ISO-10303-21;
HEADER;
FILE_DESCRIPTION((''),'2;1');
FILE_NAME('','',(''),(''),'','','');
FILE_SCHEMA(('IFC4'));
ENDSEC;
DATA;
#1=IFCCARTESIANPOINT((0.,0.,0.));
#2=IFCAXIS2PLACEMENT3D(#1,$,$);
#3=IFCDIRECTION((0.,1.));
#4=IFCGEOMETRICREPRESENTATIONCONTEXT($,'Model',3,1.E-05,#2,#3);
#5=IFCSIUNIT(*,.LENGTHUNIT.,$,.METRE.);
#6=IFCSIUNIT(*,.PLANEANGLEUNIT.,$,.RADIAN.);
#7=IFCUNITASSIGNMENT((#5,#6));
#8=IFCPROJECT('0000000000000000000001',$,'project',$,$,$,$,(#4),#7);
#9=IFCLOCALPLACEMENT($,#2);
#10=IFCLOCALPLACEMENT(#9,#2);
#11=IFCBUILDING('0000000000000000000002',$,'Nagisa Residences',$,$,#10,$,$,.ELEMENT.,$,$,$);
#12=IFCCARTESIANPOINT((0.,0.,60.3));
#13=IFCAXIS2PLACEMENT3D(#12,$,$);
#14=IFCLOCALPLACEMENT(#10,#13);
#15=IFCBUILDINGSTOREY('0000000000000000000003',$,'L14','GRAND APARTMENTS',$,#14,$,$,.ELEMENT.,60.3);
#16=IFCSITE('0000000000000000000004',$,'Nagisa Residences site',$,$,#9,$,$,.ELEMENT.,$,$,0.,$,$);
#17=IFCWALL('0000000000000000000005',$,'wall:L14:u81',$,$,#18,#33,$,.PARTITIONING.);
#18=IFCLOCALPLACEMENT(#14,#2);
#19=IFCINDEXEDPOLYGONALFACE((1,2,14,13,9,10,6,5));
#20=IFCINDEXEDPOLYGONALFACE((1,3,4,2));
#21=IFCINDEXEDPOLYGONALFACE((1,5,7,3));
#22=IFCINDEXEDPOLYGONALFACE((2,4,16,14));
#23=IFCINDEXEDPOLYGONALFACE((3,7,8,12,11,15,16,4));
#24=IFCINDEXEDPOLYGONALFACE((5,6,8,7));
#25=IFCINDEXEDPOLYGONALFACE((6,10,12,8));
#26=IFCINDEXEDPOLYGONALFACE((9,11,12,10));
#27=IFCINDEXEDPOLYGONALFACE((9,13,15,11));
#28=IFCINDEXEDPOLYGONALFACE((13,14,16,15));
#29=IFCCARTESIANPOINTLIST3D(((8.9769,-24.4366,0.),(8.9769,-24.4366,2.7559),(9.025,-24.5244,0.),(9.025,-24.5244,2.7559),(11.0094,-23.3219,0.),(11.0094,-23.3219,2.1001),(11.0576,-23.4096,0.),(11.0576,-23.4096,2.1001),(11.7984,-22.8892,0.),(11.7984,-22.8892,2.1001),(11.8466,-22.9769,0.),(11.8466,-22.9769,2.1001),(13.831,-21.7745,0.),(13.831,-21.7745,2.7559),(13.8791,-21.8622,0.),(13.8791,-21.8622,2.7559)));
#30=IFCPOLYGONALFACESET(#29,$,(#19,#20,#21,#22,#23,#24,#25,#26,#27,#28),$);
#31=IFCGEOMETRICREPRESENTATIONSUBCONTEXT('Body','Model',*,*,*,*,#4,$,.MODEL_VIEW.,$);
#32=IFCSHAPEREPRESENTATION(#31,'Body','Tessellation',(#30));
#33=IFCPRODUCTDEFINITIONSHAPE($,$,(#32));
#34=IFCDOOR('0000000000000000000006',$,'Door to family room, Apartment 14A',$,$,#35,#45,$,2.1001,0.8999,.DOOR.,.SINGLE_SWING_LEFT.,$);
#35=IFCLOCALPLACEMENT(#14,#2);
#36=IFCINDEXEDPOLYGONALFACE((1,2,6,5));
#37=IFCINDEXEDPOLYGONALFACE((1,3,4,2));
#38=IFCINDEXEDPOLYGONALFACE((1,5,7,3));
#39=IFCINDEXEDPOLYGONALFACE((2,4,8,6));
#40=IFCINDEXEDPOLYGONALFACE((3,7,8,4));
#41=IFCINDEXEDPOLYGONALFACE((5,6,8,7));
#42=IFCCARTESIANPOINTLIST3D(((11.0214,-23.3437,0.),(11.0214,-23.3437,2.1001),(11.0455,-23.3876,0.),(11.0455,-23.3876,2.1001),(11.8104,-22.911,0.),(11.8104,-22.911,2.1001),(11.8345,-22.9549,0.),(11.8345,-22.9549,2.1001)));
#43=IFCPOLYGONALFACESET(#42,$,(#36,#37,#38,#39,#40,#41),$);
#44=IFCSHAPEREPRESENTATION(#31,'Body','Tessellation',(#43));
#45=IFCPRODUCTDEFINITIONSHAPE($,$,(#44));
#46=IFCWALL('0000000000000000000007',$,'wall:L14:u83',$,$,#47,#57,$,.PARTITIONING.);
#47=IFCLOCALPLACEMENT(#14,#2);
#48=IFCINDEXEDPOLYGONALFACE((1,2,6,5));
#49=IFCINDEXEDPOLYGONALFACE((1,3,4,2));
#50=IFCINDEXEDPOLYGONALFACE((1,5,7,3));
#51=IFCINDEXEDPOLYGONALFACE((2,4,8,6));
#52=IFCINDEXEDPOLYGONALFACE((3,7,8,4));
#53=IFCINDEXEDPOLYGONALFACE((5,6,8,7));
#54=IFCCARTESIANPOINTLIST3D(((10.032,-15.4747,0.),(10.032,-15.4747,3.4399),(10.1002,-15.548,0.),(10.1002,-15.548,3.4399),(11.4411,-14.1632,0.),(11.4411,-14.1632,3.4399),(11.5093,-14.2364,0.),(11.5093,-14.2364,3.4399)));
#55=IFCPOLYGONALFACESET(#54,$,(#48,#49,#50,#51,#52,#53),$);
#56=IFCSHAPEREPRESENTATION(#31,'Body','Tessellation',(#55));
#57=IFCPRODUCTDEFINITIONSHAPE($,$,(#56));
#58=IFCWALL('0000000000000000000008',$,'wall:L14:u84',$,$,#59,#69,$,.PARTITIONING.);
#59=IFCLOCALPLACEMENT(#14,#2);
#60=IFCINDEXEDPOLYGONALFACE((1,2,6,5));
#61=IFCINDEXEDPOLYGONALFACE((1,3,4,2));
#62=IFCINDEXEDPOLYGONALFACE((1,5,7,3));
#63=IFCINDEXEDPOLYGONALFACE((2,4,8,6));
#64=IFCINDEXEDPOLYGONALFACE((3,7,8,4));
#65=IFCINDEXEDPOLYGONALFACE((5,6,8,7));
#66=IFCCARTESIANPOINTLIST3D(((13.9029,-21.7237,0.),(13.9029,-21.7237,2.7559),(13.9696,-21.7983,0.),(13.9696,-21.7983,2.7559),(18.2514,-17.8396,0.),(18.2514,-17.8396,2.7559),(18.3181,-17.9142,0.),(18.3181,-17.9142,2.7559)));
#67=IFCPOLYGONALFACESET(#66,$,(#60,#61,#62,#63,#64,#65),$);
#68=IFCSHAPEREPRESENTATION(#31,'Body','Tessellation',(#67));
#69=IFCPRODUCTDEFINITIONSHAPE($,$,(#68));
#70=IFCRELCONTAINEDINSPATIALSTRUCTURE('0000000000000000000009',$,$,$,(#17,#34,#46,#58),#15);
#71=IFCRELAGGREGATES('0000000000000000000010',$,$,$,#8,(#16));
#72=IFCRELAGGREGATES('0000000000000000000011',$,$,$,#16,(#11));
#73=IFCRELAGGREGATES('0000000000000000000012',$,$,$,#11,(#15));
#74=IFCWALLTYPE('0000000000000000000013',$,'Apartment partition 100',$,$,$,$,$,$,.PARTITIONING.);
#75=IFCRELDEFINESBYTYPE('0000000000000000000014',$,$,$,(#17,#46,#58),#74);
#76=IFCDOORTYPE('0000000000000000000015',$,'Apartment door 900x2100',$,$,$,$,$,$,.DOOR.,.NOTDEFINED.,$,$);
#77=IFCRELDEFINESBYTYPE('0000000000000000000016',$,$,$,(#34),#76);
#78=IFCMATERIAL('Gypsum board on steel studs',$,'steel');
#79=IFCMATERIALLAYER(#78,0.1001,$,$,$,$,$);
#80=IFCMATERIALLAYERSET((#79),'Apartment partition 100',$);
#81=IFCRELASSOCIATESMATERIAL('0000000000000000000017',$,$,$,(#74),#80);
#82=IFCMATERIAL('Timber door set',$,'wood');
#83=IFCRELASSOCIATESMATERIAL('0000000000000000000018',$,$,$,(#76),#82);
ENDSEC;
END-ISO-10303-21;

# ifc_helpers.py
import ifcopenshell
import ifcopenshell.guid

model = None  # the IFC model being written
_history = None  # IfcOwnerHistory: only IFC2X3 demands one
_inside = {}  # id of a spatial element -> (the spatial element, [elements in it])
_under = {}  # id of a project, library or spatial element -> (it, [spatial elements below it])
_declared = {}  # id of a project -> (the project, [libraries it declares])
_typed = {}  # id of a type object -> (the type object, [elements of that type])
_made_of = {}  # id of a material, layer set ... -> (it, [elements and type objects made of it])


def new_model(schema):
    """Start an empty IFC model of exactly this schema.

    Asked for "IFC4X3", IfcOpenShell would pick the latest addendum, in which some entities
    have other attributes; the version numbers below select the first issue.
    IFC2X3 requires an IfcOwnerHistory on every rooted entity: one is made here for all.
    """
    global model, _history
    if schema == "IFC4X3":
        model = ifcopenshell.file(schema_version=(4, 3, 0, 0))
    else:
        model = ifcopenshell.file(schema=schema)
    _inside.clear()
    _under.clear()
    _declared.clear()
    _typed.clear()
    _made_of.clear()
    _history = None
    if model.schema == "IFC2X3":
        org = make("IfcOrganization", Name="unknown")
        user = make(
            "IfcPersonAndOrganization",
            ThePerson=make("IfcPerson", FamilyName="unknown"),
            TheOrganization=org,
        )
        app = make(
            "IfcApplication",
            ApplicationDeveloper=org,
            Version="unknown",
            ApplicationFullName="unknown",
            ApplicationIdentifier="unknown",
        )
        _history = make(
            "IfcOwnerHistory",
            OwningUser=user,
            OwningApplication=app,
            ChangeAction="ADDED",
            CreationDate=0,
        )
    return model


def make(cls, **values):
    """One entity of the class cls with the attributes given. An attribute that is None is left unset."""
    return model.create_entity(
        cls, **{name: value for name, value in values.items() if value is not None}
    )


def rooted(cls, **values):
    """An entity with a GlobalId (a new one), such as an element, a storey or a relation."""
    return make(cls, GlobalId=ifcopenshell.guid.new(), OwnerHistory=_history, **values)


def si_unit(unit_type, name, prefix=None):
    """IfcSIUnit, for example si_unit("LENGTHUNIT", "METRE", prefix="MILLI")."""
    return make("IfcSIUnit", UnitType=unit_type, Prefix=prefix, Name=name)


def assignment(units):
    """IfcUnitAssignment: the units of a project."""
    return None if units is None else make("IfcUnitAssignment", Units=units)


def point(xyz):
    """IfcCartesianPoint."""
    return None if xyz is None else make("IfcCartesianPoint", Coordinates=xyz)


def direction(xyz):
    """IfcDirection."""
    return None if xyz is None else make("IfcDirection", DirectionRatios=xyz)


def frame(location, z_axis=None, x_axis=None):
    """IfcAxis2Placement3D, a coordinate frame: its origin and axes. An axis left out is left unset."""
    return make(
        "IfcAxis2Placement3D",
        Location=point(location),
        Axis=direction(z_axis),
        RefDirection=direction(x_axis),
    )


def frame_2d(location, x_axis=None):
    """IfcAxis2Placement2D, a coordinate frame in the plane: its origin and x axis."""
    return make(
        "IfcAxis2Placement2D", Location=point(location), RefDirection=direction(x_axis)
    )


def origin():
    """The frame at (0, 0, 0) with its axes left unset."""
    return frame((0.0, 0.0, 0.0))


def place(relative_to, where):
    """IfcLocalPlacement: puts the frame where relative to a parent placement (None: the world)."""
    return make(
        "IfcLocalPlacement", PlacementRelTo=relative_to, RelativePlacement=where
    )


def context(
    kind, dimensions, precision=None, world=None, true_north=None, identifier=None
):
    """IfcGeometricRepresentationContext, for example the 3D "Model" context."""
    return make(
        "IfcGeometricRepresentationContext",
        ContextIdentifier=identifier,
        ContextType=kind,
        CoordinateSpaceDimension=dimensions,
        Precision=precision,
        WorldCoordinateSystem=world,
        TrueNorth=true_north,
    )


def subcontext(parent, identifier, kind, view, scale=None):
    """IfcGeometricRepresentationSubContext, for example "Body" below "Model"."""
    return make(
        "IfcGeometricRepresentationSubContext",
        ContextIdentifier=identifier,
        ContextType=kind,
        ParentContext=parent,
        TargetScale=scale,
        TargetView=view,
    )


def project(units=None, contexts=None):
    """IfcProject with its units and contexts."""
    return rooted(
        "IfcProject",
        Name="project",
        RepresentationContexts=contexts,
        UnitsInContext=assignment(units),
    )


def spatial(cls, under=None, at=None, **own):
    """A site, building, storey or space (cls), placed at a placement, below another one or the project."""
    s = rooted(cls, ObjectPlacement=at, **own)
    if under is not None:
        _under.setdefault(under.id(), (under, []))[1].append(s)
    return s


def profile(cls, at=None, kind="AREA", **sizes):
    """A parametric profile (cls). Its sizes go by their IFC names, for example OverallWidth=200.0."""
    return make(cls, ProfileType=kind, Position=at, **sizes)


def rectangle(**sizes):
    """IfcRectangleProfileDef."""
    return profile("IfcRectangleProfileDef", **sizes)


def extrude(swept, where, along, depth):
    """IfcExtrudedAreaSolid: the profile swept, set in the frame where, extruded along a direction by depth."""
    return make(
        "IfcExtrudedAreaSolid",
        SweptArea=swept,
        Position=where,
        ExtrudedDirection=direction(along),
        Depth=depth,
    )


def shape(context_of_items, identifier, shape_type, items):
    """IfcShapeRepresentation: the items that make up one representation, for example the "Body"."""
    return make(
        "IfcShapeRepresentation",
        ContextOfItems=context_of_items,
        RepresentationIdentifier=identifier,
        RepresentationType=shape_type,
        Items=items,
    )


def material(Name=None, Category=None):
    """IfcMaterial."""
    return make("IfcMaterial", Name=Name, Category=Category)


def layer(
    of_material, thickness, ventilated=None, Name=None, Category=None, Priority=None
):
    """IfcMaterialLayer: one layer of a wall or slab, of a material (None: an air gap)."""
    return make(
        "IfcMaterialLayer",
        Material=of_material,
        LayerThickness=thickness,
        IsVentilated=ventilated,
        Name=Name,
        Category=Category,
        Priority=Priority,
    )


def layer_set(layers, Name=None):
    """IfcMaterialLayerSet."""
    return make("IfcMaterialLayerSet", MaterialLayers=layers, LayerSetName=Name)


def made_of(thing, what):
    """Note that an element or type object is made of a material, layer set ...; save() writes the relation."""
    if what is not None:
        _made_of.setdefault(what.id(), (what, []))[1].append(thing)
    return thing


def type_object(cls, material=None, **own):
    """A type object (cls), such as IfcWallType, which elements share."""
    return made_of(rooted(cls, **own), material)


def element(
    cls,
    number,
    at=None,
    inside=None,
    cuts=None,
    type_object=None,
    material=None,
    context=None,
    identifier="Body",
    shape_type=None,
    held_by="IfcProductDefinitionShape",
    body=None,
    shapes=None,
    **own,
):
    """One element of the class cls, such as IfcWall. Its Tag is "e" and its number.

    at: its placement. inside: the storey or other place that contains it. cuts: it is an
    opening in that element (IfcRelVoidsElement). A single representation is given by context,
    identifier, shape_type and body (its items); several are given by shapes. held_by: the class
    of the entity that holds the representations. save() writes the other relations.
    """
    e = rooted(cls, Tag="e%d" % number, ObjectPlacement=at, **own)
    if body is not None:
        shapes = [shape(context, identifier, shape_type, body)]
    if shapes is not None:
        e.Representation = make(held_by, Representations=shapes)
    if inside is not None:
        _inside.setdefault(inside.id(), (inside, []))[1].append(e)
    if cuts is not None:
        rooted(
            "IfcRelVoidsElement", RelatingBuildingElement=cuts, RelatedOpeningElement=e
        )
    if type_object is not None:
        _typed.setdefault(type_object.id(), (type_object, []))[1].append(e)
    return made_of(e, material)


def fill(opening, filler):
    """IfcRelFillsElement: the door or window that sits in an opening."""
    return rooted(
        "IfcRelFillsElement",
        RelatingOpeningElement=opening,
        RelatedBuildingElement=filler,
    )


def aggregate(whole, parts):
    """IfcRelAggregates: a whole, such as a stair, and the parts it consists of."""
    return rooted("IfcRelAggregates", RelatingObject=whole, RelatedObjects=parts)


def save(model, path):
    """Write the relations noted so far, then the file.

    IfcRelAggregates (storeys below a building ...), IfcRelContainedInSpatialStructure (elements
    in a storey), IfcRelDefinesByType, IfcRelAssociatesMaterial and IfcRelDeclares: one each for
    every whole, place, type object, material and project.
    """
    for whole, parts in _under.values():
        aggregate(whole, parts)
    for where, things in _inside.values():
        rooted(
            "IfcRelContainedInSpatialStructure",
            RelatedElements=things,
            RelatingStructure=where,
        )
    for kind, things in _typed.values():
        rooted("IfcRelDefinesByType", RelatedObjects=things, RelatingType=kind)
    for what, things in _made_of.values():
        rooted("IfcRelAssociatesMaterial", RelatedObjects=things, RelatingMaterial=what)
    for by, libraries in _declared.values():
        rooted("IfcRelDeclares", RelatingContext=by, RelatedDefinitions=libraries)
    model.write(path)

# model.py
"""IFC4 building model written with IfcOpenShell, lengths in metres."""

from ifc_helpers import new_model, si_unit, direction, frame, frame_2d, origin, place, context, subcontext, project, spatial, rectangle, extrude, material, layer, layer_set, type_object, element, fill, save


model = new_model("IFC4")

# Units and contexts
model_context = context("Model", 3, precision=1e-05, world=origin(), true_north=direction((0.0, 1.0)))
body_context = subcontext(model_context, "Body", "Model", "MODEL_VIEW")
ifc_project = project(units=[si_unit("LENGTHUNIT", "METRE"), si_unit("PLANEANGLEUNIT", "RADIAN")], contexts=[model_context])

# Site, building, storey
site_placement = place(None, origin())
site = spatial("IfcSite", under=ifc_project, at=site_placement, Name="Nagisa Residences site", CompositionType="ELEMENT", RefElevation=0.0)
building_placement = place(site_placement, origin())
building = spatial("IfcBuilding", under=site, at=building_placement, Name="Nagisa Residences", CompositionType="ELEMENT")
storey_placement = place(building_placement, frame((0.0, 0.0, 60.3)))
storey = spatial("IfcBuildingStorey", under=building, at=storey_placement, Name="L14", Description="GRAND APARTMENTS", CompositionType="ELEMENT", Elevation=60.3)

# Shared definitions
ifc_material_1 = material(Name="Gypsum board on steel studs", Category="steel")
ifc_layer_1 = layer(ifc_material_1, 0.1001)
ifc_layer_set_1 = layer_set([ifc_layer_1], Name="Apartment partition 100")
wall_type_1 = type_object("IfcWallType", Name="Apartment partition 100", PredefinedType="PARTITIONING", material=ifc_layer_set_1)
ifc_material_2 = material(Name="Timber door set", Category="wood")
door_type_1 = type_object("IfcDoorType", Name="Apartment door 900x2100", OperationType="NOTDEFINED", PredefinedType="DOOR", material=ifc_material_2)

# Wall, opening, door
wall_1_placement = place(storey_placement, frame((9.001, -24.4805, 0.0), z_axis=(0.0, 0.0, 1.0), x_axis=(0.876794, 0.480865, 0.0)))
wall_1 = element("IfcWall", 1, at=wall_1_placement, inside=storey, type_object=wall_type_1, Name="wall:L14:u81", PredefinedType="PARTITIONING", context=body_context, shape_type="SweptSolid", body=[
    extrude(rectangle(XDim=5.5361, YDim=0.1001, at=frame_2d((2.7681, 0.0))), origin(), (0.0, 0.0, 1.0), 2.7559),
])
opening_1_placement = place(wall_1_placement, frame((2.3181, 0.0, 0.0)))
opening_1 = element("IfcOpeningElement", 2, at=opening_1_placement, cuts=wall_1, PredefinedType="OPENING", context=body_context, shape_type="SweptSolid", body=[
    extrude(rectangle(XDim=0.8999, YDim=2.1001, at=frame_2d((0.45, 1.05))), frame((0.0, 0.0601, 0.0), z_axis=(0.0, -1.0, 0.0), x_axis=(1.0, 0.0, 0.0)), (0.0, 0.0, 1.0), 0.1201),
])
door_1_placement = place(opening_1_placement, frame((0.8999, 0.0, 0.0), x_axis=(-1.0, 0.0, 0.0)))
door_1 = element("IfcDoor", 3, at=door_1_placement, inside=storey, type_object=door_type_1, Name="Door to family room, Apartment 14A", OperationType="SINGLE_SWING_LEFT", OverallHeight=2.1001, OverallWidth=0.8999, PredefinedType="DOOR", context=body_context, shape_type="SweptSolid", body=[
    extrude(rectangle(XDim=0.8999, YDim=2.1001, at=frame_2d((0.45, 1.05))), frame((0.0, 0.0249, 0.0), z_axis=(0.0, -1.0, 0.0), x_axis=(1.0, 0.0, 0.0)), (0.0, 0.0, 1.0), 0.05),
])
fill(opening_1, door_1)

# Walls
wall_2_placement = place(storey_placement, frame((10.0662, -15.5112, 0.0), z_axis=(0.0, 0.0, 1.0), x_axis=(0.732016, 0.681287, 0.0)))
element("IfcWall", 4, at=wall_2_placement, inside=storey, type_object=wall_type_1, Name="wall:L14:u83", PredefinedType="PARTITIONING", context=body_context, shape_type="SweptSolid", body=[
    extrude(rectangle(XDim=1.925, YDim=0.1001, at=frame_2d((0.9624, 0.0))), origin(), (0.0, 0.0, 1.0), 3.4399),
])
wall_3_placement = place(storey_placement, frame((13.9363, -21.761, 0.0), z_axis=(0.0, 0.0, 1.0), x_axis=(0.745806, 0.666163, 0.0)))
element("IfcWall", 5, at=wall_3_placement, inside=storey, type_object=wall_type_1, Name="wall:L14:u84", PredefinedType="PARTITIONING", context=body_context, shape_type="SweptSolid", body=[
    extrude(rectangle(XDim=5.8306, YDim=0.1001, at=frame_2d((2.9153, 0.0))), origin(), (0.0, 0.0, 1.0), 2.7559),
])

save(model, "model.ifc")
